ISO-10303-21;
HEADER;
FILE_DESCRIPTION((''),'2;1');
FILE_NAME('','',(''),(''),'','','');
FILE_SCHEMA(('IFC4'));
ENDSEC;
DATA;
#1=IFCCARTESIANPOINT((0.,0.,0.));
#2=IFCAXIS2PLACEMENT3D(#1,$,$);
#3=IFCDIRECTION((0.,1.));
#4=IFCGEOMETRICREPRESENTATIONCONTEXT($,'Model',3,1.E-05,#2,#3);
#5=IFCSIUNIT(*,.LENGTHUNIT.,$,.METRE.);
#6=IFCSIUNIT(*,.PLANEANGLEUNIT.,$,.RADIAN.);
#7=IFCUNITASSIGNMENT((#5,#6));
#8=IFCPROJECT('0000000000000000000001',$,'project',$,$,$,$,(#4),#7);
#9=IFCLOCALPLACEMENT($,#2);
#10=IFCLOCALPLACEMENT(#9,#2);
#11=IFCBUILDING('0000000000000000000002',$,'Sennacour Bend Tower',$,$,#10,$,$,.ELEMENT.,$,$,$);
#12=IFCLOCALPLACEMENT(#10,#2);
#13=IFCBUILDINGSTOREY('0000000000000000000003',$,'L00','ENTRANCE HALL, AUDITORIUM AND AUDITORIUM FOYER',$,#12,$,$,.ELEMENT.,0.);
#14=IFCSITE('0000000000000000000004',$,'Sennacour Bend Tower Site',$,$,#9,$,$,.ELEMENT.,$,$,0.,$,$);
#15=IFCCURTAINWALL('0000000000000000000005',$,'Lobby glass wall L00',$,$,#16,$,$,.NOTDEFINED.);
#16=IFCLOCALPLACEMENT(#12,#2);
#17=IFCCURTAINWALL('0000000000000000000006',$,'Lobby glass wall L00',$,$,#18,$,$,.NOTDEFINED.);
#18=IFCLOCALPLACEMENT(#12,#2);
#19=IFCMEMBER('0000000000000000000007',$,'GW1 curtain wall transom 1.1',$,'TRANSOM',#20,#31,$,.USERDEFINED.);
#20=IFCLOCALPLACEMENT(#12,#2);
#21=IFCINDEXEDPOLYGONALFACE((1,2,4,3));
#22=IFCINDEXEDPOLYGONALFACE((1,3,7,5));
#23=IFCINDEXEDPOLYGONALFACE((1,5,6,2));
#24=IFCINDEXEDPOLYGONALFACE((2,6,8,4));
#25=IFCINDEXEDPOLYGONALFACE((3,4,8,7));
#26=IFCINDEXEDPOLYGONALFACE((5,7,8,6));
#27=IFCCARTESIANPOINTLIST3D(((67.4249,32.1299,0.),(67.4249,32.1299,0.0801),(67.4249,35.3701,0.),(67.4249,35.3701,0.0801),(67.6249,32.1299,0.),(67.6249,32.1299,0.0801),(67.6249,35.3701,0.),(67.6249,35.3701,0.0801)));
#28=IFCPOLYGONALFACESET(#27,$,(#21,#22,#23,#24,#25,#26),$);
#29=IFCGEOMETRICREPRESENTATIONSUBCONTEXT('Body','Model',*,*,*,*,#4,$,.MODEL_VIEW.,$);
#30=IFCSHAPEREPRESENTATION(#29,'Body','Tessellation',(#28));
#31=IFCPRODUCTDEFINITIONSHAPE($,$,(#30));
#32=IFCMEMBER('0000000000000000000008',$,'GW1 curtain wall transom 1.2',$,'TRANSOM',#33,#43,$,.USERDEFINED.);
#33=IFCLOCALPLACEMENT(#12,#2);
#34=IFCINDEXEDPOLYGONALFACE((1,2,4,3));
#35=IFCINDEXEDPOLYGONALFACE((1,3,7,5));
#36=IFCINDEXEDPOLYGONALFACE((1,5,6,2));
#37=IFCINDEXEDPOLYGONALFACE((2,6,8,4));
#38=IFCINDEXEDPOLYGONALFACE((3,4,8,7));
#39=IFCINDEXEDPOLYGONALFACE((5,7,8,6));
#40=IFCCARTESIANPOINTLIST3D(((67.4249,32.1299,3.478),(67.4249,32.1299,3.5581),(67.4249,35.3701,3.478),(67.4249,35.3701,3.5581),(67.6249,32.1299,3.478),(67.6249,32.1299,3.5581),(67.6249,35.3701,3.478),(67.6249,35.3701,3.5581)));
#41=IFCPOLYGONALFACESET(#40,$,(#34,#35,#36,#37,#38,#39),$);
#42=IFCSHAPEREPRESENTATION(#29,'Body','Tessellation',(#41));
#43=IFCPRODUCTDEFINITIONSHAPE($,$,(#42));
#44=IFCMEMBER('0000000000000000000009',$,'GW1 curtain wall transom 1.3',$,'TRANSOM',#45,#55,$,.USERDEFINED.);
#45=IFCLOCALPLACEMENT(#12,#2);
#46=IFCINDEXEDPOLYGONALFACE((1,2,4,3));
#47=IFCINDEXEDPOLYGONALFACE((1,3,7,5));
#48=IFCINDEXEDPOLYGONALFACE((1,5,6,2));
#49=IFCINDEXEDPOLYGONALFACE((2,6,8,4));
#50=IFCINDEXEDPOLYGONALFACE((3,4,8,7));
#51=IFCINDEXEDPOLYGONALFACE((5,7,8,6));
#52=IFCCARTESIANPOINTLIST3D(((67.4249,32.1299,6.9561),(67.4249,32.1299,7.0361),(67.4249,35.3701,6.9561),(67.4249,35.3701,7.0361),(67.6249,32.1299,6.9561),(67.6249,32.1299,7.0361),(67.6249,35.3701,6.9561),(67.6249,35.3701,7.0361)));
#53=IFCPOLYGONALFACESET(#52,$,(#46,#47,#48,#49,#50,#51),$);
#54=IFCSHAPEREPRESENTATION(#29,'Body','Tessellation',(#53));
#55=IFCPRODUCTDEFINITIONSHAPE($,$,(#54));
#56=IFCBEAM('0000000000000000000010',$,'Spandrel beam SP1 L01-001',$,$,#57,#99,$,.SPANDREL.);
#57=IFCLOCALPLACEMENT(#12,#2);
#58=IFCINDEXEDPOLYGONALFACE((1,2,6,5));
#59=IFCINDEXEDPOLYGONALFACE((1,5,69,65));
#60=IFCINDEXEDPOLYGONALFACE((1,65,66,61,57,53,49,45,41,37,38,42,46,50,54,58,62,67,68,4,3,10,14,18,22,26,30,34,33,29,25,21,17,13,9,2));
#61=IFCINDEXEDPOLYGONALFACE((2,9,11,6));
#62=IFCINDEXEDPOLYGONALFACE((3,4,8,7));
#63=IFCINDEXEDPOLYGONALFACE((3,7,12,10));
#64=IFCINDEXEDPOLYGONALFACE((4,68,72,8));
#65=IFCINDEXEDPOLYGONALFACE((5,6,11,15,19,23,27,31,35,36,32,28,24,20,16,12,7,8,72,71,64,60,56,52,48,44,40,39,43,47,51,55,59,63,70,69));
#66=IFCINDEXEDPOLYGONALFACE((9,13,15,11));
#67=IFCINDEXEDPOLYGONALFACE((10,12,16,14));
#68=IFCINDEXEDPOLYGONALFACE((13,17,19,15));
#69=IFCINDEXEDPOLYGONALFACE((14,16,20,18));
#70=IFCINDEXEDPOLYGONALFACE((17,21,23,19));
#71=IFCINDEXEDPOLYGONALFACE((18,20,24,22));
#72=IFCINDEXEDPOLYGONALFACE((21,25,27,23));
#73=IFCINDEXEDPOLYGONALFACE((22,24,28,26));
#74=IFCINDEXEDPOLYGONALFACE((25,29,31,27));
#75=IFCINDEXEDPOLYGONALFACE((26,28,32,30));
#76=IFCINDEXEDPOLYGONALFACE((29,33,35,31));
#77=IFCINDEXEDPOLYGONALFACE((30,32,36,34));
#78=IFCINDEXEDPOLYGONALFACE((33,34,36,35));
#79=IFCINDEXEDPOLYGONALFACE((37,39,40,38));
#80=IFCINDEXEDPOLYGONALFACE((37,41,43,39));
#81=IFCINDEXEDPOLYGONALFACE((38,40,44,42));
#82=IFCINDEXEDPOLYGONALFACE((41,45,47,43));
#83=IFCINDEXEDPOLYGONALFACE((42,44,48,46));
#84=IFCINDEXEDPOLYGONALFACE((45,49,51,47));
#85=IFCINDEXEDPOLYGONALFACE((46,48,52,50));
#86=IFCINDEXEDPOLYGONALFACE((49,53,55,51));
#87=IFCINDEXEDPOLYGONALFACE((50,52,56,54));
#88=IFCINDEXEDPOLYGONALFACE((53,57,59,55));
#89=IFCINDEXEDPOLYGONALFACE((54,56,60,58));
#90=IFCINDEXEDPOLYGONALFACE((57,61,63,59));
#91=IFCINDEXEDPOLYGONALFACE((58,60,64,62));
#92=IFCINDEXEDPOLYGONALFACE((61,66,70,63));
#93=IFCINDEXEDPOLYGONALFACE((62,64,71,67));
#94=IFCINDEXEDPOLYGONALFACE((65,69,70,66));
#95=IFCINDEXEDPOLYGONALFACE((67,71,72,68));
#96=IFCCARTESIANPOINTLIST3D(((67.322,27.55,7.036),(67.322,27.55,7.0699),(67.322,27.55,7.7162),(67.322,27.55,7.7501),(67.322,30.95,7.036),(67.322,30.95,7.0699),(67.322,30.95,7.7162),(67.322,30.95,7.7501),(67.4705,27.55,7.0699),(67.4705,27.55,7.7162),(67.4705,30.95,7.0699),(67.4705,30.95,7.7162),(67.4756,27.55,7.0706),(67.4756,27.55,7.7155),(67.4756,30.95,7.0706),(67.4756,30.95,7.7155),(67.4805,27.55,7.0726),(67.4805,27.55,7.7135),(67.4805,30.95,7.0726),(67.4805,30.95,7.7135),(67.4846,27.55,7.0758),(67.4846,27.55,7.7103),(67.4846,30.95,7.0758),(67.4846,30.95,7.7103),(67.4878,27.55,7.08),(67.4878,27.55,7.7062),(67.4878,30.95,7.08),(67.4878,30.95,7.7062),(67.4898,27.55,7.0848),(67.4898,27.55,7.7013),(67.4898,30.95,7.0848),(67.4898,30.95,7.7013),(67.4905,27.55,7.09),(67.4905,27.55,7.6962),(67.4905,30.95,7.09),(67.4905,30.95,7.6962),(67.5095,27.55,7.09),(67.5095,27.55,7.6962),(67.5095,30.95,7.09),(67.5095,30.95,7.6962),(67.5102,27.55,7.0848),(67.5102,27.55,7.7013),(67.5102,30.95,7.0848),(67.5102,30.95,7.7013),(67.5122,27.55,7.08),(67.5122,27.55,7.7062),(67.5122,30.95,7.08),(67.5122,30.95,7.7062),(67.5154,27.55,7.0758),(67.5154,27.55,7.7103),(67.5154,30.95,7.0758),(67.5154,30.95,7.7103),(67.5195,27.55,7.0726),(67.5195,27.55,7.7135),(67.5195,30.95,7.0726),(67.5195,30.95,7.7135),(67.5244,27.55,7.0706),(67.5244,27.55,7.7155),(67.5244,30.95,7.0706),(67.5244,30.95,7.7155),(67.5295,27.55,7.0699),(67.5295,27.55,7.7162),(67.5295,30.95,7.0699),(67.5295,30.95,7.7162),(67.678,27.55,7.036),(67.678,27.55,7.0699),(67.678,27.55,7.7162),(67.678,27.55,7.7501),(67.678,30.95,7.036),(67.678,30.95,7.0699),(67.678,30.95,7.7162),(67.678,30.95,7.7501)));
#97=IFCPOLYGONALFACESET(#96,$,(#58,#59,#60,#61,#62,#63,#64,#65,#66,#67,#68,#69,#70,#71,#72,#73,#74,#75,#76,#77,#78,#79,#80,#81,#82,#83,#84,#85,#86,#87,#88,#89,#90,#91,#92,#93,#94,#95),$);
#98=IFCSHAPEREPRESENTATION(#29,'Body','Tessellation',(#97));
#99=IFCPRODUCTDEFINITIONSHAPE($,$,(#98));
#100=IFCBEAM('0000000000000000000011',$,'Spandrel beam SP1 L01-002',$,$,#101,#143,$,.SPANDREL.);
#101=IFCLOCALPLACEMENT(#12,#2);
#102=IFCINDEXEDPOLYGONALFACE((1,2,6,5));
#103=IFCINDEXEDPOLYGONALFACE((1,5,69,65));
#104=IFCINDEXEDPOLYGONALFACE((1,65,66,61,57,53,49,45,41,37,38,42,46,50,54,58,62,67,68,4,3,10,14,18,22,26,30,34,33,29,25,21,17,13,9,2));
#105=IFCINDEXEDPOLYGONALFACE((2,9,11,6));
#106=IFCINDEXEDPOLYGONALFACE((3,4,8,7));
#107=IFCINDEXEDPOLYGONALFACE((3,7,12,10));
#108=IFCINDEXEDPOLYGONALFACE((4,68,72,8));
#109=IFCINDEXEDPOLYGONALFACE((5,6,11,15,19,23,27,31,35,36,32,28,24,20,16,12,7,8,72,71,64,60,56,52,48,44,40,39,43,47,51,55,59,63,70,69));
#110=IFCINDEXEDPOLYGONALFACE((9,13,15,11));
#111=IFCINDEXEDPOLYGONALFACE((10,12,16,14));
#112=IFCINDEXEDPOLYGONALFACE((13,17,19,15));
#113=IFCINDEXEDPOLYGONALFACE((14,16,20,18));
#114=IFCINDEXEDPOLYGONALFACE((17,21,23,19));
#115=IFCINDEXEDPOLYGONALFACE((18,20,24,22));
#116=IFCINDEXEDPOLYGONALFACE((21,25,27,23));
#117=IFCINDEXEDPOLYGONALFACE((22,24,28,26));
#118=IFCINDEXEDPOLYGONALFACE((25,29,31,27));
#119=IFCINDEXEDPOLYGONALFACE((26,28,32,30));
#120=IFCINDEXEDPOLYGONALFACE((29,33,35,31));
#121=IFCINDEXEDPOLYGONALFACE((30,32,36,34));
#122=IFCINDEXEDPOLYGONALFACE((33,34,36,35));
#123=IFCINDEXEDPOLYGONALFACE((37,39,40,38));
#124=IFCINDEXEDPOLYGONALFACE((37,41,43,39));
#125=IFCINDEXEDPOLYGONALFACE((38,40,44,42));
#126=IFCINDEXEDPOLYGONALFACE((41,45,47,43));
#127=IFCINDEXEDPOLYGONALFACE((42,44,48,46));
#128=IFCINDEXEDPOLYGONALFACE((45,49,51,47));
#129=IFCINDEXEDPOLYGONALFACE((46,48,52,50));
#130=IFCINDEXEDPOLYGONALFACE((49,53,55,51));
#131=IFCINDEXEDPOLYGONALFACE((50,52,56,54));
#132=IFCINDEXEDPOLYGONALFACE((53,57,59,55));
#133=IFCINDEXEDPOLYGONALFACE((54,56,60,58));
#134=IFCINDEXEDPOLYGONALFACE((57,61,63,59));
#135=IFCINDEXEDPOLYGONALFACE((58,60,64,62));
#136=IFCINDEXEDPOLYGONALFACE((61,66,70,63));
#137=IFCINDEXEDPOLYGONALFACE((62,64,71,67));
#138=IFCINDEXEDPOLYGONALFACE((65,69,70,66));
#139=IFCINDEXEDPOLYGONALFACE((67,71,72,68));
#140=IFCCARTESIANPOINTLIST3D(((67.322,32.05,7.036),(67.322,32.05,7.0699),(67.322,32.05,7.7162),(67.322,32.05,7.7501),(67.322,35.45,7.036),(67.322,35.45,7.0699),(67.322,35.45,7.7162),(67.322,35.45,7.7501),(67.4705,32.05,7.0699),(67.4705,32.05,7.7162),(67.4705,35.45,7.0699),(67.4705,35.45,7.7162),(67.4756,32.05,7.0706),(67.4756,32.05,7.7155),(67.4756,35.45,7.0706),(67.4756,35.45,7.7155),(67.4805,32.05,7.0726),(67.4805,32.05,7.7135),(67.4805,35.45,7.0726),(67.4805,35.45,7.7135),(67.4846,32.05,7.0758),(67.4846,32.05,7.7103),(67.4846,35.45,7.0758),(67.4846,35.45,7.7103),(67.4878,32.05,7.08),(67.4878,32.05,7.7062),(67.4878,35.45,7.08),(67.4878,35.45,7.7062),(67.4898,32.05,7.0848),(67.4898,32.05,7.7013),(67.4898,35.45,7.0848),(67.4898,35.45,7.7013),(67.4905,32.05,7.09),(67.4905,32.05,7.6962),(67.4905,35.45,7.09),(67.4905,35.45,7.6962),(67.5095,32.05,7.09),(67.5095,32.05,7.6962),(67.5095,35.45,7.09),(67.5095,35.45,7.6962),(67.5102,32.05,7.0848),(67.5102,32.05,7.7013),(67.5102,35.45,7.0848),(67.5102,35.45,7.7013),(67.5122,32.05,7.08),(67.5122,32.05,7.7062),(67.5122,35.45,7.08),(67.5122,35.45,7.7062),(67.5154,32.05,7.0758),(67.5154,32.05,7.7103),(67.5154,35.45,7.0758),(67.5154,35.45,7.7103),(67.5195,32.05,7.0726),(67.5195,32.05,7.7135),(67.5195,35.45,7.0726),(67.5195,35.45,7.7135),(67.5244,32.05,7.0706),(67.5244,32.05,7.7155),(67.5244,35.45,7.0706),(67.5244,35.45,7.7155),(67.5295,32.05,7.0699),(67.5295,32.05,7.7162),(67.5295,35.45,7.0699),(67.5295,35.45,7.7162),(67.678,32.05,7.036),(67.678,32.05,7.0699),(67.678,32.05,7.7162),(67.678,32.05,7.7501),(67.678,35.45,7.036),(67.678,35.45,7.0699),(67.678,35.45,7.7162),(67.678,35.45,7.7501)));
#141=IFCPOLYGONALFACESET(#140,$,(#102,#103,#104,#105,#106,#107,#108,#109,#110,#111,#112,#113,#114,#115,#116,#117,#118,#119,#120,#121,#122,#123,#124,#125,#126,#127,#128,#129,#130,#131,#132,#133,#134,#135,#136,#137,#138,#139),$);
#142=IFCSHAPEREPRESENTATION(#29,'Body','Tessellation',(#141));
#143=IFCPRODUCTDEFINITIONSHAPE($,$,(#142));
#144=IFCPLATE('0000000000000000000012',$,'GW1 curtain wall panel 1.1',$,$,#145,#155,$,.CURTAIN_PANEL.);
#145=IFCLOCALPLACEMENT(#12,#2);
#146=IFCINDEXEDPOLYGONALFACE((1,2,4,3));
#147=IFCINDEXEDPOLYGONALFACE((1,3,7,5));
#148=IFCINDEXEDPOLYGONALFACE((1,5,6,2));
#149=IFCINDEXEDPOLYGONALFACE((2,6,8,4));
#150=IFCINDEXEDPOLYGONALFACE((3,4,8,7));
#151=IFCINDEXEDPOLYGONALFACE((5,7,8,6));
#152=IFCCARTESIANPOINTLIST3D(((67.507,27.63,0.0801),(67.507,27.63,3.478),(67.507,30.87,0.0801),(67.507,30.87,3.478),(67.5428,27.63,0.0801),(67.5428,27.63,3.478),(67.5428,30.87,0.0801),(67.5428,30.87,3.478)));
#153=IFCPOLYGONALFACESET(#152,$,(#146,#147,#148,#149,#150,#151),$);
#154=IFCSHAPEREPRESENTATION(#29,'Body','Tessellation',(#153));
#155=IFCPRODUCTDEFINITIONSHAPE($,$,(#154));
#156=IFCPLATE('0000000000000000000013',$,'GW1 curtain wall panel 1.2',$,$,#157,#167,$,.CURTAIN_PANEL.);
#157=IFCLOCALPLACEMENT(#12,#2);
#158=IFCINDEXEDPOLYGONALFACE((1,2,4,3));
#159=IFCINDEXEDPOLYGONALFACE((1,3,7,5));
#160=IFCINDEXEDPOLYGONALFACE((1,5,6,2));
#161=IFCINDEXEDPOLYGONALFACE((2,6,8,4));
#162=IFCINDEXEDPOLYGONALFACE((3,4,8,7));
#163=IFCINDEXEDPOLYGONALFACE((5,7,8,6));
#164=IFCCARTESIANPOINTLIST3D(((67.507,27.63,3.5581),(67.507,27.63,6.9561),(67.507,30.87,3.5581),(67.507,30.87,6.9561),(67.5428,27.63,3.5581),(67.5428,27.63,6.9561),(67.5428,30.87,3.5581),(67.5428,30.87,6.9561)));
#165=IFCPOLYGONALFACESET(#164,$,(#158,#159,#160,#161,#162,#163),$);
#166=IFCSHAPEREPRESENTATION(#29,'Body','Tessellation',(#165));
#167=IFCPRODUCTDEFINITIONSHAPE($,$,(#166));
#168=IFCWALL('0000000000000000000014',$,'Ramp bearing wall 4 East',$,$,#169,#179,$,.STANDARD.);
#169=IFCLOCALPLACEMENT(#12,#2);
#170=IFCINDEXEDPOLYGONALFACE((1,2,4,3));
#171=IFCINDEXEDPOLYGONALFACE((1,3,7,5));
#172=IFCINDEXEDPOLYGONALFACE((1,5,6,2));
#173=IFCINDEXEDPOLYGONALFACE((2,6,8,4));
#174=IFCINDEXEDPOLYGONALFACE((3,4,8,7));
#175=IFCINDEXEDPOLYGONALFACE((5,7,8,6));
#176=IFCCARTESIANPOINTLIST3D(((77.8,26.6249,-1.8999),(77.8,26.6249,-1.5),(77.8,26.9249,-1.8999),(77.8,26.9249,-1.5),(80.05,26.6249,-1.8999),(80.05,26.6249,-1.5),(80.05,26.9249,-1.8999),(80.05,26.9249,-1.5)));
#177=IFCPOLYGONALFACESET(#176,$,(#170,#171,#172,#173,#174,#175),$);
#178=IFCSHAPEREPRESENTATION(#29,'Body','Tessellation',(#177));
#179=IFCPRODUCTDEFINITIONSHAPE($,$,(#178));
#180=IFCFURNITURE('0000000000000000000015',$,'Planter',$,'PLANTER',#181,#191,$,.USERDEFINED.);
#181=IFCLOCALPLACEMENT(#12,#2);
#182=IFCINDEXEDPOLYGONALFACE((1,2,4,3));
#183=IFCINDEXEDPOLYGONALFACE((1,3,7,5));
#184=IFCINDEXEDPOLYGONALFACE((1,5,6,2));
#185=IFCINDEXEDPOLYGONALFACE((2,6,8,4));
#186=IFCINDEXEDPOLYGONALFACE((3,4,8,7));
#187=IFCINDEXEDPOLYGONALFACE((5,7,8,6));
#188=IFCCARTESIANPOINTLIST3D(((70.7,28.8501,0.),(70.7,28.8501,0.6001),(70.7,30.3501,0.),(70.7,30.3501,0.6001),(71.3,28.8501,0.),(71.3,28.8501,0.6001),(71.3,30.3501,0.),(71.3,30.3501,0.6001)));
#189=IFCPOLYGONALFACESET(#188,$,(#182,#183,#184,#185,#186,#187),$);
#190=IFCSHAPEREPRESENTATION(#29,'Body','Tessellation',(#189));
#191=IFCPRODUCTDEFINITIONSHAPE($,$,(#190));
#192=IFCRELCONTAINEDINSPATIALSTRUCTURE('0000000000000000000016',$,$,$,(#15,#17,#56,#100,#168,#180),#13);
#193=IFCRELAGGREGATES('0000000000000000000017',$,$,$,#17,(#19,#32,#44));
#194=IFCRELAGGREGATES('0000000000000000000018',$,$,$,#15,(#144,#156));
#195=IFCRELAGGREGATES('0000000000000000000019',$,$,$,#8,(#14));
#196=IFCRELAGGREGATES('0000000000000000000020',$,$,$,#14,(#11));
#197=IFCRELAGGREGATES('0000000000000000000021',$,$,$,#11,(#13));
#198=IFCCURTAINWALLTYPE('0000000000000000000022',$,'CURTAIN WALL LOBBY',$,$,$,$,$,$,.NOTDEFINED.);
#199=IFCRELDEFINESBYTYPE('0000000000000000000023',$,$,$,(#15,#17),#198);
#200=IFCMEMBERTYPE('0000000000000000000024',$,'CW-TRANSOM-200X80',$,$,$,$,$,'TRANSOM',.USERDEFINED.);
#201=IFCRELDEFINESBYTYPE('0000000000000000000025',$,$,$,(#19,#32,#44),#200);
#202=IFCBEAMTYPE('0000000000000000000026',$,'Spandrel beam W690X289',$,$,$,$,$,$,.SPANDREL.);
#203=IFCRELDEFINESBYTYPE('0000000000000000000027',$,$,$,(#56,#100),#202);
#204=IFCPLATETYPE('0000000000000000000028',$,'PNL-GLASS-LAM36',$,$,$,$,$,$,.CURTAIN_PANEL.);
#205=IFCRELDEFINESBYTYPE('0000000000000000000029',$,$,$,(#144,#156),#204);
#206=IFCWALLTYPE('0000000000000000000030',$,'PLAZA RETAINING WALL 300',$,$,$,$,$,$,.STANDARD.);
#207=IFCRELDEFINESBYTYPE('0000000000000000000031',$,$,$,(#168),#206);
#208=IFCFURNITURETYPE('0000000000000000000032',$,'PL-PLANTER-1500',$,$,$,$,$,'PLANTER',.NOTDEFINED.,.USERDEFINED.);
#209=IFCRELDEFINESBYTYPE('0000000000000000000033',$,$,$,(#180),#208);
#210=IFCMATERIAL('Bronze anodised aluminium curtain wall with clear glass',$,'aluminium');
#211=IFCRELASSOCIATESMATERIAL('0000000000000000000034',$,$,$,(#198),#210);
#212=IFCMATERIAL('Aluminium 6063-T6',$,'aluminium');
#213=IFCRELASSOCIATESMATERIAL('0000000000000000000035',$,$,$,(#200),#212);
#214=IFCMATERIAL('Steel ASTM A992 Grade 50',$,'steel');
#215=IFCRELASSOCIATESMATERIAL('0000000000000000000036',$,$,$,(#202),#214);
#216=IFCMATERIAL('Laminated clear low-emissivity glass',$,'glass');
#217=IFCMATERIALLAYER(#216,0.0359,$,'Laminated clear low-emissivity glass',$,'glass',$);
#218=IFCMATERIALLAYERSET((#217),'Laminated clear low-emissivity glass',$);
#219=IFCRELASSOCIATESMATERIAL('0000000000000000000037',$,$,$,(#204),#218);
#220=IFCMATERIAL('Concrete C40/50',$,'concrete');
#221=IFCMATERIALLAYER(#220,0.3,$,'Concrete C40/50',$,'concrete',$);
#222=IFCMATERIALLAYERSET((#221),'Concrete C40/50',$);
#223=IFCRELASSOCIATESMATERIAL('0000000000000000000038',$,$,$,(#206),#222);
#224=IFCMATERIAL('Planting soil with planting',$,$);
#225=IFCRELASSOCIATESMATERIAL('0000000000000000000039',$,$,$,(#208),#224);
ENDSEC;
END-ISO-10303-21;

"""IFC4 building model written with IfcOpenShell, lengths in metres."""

from ifc_helpers import new_model, si_unit, direction, frame, frame_2d, origin, origin_2d, place, context, subcontext, project, spatial, rectangle, i_section, extrude, material, layer, layer_set, material_profile, profile_set, type_object, element, aggregate, save


model = new_model("IFC4")

# Units and contexts
model_context = context("Model", 3, precision=1e-05, world=origin(), true_north=direction((0.0, 1.0)))
body_context = subcontext(model_context, "Body", "Model", "MODEL_VIEW")
ifc_project = project(units=[si_unit("LENGTHUNIT", "METRE"), si_unit("PLANEANGLEUNIT", "RADIAN")], contexts=[model_context])

# Site, building, storey
site_placement = place(None, origin())
site = spatial("IfcSite", under=ifc_project, at=site_placement, Name="Sennacour Bend Tower Site", CompositionType="ELEMENT", RefElevation=0.0)
building_placement = place(site_placement, origin())
building = spatial("IfcBuilding", under=site, at=building_placement, Name="Sennacour Bend Tower", CompositionType="ELEMENT")
storey_placement = place(building_placement, origin())
storey = spatial("IfcBuildingStorey", under=building, at=storey_placement, Name="L00", Description="ENTRANCE HALL, AUDITORIUM AND AUDITORIUM FOYER", CompositionType="ELEMENT", Elevation=0.0)

# Curtain wall
ifc_material_1 = material(Name="Bronze anodised aluminium curtain wall with clear glass", Category="aluminium")
curtain_wall_type = type_object("IfcCurtainWallType", Name="CURTAIN WALL LOBBY", PredefinedType="NOTDEFINED", material=ifc_material_1)
curtain_wall_1_placement = place(storey_placement, origin())
curtain_wall_1 = element("IfcCurtainWall", 1, at=curtain_wall_1_placement, inside=storey, type_object=curtain_wall_type, Name="Lobby glass wall L00", PredefinedType="NOTDEFINED")
ifc_material_2 = material(Name="Aluminium 6063-T6", Category="aluminium")

# Curtain wall
curtain_wall_2_placement = place(storey_placement, origin())
curtain_wall_2 = element("IfcCurtainWall", 2, at=curtain_wall_2_placement, inside=storey, type_object=curtain_wall_type, Name="Lobby glass wall L00", PredefinedType="NOTDEFINED")

# Members
ifc_material_profile_1 = material_profile(ifc_material_2, rectangle(XDim=0.2, YDim=0.0801, at=origin_2d()), Name="Aluminium 6063-T6", Category="aluminium")
ifc_profile_set_1 = profile_set([ifc_material_profile_1], Name="Aluminium 6063-T6")
member_type_1 = type_object("IfcMemberType", Name="CW-TRANSOM-200X80", ElementType="TRANSOM", PredefinedType="USERDEFINED", material=ifc_profile_set_1)
member_1_placement = place(storey_placement, frame((67.5249, 32.1299, 0.04), z_axis=(0.0, 1.0, 0.0), x_axis=(-1.0, 0.0, 0.0)))
member_1 = element("IfcMember", 3, at=member_1_placement, type_object=member_type_1, Name="GW1 curtain wall transom 1.1", ObjectType="TRANSOM", PredefinedType="USERDEFINED", context=body_context, shape_type="SweptSolid", body=[
    extrude(rectangle(XDim=0.2, YDim=0.0801, at=origin_2d()), origin(), (0.0, 0.0, 1.0), 3.2402),
])
member_2_placement = place(storey_placement, frame((67.5249, 32.1299, 3.5181), z_axis=(0.0, 1.0, 0.0), x_axis=(-1.0, 0.0, 0.0)))
member_2 = element("IfcMember", 4, at=member_2_placement, type_object=member_type_1, Name="GW1 curtain wall transom 1.2", ObjectType="TRANSOM", PredefinedType="USERDEFINED", context=body_context, shape_type="SweptSolid", body=[
    extrude(rectangle(XDim=0.2, YDim=0.0801, at=origin_2d()), origin(), (0.0, 0.0, 1.0), 3.2402),
])
member_3_placement = place(storey_placement, frame((67.5249, 32.1299, 6.9961), z_axis=(0.0, 1.0, 0.0), x_axis=(-1.0, 0.0, 0.0)))
member_3 = element("IfcMember", 5, at=member_3_placement, type_object=member_type_1, Name="GW1 curtain wall transom 1.3", ObjectType="TRANSOM", PredefinedType="USERDEFINED", context=body_context, shape_type="SweptSolid", body=[
    extrude(rectangle(XDim=0.2, YDim=0.0801, at=origin_2d()), origin(), (0.0, 0.0, 1.0), 3.2402),
])
aggregate(curtain_wall_2, [member_1, member_2, member_3])

# Beams
ifc_material_3 = material(Name="Steel ASTM A992 Grade 50", Category="steel")
ifc_material_profile_2 = material_profile(ifc_material_3, i_section(OverallWidth=0.356, OverallDepth=0.7141, WebThickness=0.019, FlangeThickness=0.0339, FilletRadius=0.02, at=origin_2d()), Name="Steel ASTM A992 Grade 50", Category="steel")
ifc_profile_set_2 = profile_set([ifc_material_profile_2], Name="Steel ASTM A992 Grade 50")
beam_type = type_object("IfcBeamType", Name="Spandrel beam W690X289", PredefinedType="SPANDREL", material=ifc_profile_set_2)
for number, where, z_axis, x_axis, name in (
    (6, (67.5, 27.55, 7.3931), (0.0, 1.0, 0.0), (-1.0, 0.0, 0.0), "Spandrel beam SP1 L01-001"),
    (7, (67.5, 32.05, 7.3931), (0.0, 1.0, 0.0), (-1.0, 0.0, 0.0), "Spandrel beam SP1 L01-002"),
):
    element("IfcBeam", number, at=place(storey_placement, frame(where, z_axis=z_axis, x_axis=x_axis)), inside=storey, type_object=beam_type, Name=name, PredefinedType="SPANDREL", context=body_context, shape_type="SweptSolid", body=[
        extrude(i_section(OverallWidth=0.356, OverallDepth=0.7141, WebThickness=0.019, FlangeThickness=0.0339, FilletRadius=0.02, at=origin_2d()), origin(), (0.0, 0.0, 1.0), 3.3999),
    ])

# Plates
ifc_material_4 = material(Name="Laminated clear low-emissivity glass", Category="glass")
ifc_layer_1 = layer(ifc_material_4, 0.0359, Name="Laminated clear low-emissivity glass", Category="glass")
ifc_layer_set_1 = layer_set([ifc_layer_1], Name="Laminated clear low-emissivity glass")
plate_type = type_object("IfcPlateType", Name="PNL-GLASS-LAM36", PredefinedType="CURTAIN_PANEL", material=ifc_layer_set_1)
plate_1_placement = place(storey_placement, frame((67.5249, 29.25, 0.0801), z_axis=(0.0, 0.0, 1.0), x_axis=(0.0, 1.0, 0.0)))
plate_1 = element("IfcPlate", 8, at=plate_1_placement, type_object=plate_type, Name="GW1 curtain wall panel 1.1", PredefinedType="CURTAIN_PANEL", context=body_context, shape_type="SweptSolid", body=[
    extrude(rectangle(XDim=3.24, YDim=0.0359, at=origin_2d()), origin(), (0.0, 0.0, 1.0), 3.3979),
])
plate_2_placement = place(storey_placement, frame((67.5249, 29.25, 3.5581), z_axis=(0.0, 0.0, 1.0), x_axis=(0.0, 1.0, 0.0)))
plate_2 = element("IfcPlate", 9, at=plate_2_placement, type_object=plate_type, Name="GW1 curtain wall panel 1.2", PredefinedType="CURTAIN_PANEL", context=body_context, shape_type="SweptSolid", body=[
    extrude(rectangle(XDim=3.24, YDim=0.0359, at=origin_2d()), origin(), (0.0, 0.0, 1.0), 3.3979),
])
aggregate(curtain_wall_1, [plate_1, plate_2])

# Wall
ifc_material_5 = material(Name="Concrete C40/50", Category="concrete")
ifc_layer_2 = layer(ifc_material_5, 0.3, Name="Concrete C40/50", Category="concrete")
ifc_layer_set_2 = layer_set([ifc_layer_2], Name="Concrete C40/50")
wall_type = type_object("IfcWallType", Name="PLAZA RETAINING WALL 300", PredefinedType="STANDARD", material=ifc_layer_set_2)
wall_placement = place(storey_placement, frame((77.8, 26.7749, -1.8999), z_axis=(0.0, 0.0, 1.0), x_axis=(1.0, 0.0, 0.0)))
element("IfcWall", 10, at=wall_placement, inside=storey, type_object=wall_type, Name="Ramp bearing wall 4 East", PredefinedType="STANDARD", context=body_context, shape_type="SweptSolid", body=[
    extrude(rectangle(XDim=2.25, YDim=0.3, at=frame_2d((1.125, 0.0))), origin(), (0.0, 0.0, 1.0), 0.3999),
])

# Furniture
ifc_material_6 = material(Name="Planting soil with planting")
furniture_type = type_object("IfcFurnitureType", Name="PL-PLANTER-1500", ElementType="PLANTER", AssemblyPlace="NOTDEFINED", PredefinedType="USERDEFINED", material=ifc_material_6)
for number, where, z_axis, x_axis, name in (
    (11, (71.0, 29.6001, 0.0), (0.0, 0.0, 1.0), (1.0, 0.0, 0.0), "Planter"),
):
    element("IfcFurniture", number, at=place(storey_placement, frame(where, z_axis=z_axis, x_axis=x_axis)), inside=storey, type_object=furniture_type, Name=name, ObjectType="PLANTER", PredefinedType="USERDEFINED", context=body_context, shape_type="SweptSolid", body=[
        extrude(rectangle(XDim=0.6001, YDim=1.5, at=origin_2d()), origin(), (0.0, 0.0, 1.0), 0.6001),
    ])

save(model, "model.ifc")
